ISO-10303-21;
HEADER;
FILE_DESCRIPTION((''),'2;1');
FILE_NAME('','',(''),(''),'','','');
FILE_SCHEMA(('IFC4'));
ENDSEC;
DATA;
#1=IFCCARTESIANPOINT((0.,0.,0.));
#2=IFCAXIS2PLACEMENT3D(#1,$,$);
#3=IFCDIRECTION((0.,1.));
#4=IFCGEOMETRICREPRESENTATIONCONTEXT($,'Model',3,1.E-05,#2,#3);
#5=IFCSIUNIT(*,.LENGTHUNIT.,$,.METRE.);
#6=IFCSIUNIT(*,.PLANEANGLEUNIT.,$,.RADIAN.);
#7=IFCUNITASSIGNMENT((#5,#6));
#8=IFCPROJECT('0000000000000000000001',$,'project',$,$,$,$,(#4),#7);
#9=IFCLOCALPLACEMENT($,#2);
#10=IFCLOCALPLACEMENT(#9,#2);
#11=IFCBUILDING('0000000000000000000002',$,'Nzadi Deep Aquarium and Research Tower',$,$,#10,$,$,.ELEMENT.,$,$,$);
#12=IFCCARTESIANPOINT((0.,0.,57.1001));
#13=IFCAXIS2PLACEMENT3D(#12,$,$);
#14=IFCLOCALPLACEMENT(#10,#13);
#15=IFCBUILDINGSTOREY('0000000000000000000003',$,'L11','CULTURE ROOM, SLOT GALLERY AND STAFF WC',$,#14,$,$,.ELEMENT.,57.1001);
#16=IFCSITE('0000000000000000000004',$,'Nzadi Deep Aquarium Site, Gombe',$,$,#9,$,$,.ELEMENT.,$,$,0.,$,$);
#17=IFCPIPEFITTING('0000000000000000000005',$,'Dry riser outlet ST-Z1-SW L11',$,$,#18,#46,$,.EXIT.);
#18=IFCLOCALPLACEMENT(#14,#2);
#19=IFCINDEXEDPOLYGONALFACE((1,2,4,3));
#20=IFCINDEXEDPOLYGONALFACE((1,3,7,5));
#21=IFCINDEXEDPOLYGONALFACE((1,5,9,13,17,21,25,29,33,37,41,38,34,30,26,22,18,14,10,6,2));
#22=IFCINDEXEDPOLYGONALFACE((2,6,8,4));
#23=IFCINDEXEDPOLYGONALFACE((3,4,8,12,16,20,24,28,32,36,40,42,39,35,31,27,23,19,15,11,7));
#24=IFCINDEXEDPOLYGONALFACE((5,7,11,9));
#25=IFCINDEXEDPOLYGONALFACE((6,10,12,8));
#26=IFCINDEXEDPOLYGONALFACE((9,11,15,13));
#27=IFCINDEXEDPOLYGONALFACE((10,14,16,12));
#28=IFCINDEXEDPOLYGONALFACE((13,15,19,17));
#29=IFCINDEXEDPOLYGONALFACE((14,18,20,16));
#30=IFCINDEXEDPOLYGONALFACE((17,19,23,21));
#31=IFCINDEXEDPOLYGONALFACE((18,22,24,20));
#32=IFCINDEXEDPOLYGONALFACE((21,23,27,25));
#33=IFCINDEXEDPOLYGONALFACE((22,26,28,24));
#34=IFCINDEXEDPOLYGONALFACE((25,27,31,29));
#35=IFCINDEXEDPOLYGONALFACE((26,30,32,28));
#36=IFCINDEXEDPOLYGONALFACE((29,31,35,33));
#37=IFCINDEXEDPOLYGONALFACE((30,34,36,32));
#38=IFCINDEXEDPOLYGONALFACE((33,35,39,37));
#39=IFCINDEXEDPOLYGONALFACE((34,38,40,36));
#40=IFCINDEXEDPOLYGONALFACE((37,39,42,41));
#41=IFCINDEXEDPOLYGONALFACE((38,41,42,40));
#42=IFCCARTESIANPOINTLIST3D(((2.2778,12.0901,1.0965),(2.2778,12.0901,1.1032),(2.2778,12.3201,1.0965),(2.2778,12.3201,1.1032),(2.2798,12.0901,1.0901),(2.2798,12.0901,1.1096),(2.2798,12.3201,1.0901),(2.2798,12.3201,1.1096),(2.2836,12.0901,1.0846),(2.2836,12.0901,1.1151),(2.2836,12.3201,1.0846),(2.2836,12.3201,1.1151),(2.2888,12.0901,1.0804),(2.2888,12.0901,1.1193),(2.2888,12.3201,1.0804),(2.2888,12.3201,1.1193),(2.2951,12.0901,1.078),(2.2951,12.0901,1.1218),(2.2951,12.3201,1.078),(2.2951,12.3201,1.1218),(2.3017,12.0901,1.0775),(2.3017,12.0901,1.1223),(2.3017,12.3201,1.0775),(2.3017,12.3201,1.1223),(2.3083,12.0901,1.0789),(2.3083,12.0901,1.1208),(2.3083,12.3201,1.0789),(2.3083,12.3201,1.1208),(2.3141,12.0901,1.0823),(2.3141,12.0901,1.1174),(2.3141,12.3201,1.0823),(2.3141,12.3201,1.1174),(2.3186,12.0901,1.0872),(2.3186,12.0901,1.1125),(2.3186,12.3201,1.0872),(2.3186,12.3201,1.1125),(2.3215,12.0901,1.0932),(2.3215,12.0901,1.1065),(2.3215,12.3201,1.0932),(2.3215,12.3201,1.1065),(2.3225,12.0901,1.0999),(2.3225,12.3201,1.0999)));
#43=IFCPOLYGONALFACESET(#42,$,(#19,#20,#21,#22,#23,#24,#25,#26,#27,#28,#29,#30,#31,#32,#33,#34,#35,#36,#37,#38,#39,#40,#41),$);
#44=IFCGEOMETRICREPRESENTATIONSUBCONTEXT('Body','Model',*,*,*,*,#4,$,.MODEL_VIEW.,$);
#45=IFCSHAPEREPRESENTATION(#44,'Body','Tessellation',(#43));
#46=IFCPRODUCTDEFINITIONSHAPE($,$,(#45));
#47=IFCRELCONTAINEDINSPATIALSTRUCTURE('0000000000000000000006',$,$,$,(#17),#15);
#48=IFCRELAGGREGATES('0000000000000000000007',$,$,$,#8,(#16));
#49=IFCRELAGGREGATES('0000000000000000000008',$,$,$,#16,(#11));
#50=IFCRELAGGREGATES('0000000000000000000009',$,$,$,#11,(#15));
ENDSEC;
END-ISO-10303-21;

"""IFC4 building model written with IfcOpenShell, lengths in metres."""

from ifc_helpers import new_model, si_unit, direction, frame, origin, origin_2d, place, context, subcontext, project, spatial, circle, extrude, element, save


model = new_model("IFC4")

# Units and contexts
model_context = context("Model", 3, precision=1e-05, world=origin(), true_north=direction((0.0, 1.0)))
body_context = subcontext(model_context, "Body", "Model", "MODEL_VIEW")
ifc_project = project(units=[si_unit("LENGTHUNIT", "METRE"), si_unit("PLANEANGLEUNIT", "RADIAN")], contexts=[model_context])

# Site, building, storey
site_placement = place(None, origin())
site = spatial("IfcSite", under=ifc_project, at=site_placement, Name="Nzadi Deep Aquarium Site, Gombe", CompositionType="ELEMENT", RefElevation=0.0)
building_placement = place(site_placement, origin())
building = spatial("IfcBuilding", under=site, at=building_placement, Name="Nzadi Deep Aquarium and Research Tower", CompositionType="ELEMENT")
storey_placement = place(building_placement, frame((0.0, 0.0, 57.1001)))
storey = spatial("IfcBuildingStorey", under=building, at=storey_placement, Name="L11", Description="CULTURE ROOM, SLOT GALLERY AND STAFF WC", CompositionType="ELEMENT", Elevation=57.1001)

# Pipe fitting
pipe_fitting_placement = place(storey_placement, frame((2.3, 12.3201, 1.0999), z_axis=(0.0, -1.0, 0.0), x_axis=(1.0, 0.0, 0.0)))
element("IfcPipeFitting", 1, at=pipe_fitting_placement, inside=storey, Name="Dry riser outlet ST-Z1-SW L11", PredefinedType="EXIT", context=body_context, shape_type="SweptSolid", body=[
    extrude(circle(Radius=0.0225, at=origin_2d()), origin(), (0.0, 0.0, 1.0), 0.23),
])

save(model, "model.ifc")
